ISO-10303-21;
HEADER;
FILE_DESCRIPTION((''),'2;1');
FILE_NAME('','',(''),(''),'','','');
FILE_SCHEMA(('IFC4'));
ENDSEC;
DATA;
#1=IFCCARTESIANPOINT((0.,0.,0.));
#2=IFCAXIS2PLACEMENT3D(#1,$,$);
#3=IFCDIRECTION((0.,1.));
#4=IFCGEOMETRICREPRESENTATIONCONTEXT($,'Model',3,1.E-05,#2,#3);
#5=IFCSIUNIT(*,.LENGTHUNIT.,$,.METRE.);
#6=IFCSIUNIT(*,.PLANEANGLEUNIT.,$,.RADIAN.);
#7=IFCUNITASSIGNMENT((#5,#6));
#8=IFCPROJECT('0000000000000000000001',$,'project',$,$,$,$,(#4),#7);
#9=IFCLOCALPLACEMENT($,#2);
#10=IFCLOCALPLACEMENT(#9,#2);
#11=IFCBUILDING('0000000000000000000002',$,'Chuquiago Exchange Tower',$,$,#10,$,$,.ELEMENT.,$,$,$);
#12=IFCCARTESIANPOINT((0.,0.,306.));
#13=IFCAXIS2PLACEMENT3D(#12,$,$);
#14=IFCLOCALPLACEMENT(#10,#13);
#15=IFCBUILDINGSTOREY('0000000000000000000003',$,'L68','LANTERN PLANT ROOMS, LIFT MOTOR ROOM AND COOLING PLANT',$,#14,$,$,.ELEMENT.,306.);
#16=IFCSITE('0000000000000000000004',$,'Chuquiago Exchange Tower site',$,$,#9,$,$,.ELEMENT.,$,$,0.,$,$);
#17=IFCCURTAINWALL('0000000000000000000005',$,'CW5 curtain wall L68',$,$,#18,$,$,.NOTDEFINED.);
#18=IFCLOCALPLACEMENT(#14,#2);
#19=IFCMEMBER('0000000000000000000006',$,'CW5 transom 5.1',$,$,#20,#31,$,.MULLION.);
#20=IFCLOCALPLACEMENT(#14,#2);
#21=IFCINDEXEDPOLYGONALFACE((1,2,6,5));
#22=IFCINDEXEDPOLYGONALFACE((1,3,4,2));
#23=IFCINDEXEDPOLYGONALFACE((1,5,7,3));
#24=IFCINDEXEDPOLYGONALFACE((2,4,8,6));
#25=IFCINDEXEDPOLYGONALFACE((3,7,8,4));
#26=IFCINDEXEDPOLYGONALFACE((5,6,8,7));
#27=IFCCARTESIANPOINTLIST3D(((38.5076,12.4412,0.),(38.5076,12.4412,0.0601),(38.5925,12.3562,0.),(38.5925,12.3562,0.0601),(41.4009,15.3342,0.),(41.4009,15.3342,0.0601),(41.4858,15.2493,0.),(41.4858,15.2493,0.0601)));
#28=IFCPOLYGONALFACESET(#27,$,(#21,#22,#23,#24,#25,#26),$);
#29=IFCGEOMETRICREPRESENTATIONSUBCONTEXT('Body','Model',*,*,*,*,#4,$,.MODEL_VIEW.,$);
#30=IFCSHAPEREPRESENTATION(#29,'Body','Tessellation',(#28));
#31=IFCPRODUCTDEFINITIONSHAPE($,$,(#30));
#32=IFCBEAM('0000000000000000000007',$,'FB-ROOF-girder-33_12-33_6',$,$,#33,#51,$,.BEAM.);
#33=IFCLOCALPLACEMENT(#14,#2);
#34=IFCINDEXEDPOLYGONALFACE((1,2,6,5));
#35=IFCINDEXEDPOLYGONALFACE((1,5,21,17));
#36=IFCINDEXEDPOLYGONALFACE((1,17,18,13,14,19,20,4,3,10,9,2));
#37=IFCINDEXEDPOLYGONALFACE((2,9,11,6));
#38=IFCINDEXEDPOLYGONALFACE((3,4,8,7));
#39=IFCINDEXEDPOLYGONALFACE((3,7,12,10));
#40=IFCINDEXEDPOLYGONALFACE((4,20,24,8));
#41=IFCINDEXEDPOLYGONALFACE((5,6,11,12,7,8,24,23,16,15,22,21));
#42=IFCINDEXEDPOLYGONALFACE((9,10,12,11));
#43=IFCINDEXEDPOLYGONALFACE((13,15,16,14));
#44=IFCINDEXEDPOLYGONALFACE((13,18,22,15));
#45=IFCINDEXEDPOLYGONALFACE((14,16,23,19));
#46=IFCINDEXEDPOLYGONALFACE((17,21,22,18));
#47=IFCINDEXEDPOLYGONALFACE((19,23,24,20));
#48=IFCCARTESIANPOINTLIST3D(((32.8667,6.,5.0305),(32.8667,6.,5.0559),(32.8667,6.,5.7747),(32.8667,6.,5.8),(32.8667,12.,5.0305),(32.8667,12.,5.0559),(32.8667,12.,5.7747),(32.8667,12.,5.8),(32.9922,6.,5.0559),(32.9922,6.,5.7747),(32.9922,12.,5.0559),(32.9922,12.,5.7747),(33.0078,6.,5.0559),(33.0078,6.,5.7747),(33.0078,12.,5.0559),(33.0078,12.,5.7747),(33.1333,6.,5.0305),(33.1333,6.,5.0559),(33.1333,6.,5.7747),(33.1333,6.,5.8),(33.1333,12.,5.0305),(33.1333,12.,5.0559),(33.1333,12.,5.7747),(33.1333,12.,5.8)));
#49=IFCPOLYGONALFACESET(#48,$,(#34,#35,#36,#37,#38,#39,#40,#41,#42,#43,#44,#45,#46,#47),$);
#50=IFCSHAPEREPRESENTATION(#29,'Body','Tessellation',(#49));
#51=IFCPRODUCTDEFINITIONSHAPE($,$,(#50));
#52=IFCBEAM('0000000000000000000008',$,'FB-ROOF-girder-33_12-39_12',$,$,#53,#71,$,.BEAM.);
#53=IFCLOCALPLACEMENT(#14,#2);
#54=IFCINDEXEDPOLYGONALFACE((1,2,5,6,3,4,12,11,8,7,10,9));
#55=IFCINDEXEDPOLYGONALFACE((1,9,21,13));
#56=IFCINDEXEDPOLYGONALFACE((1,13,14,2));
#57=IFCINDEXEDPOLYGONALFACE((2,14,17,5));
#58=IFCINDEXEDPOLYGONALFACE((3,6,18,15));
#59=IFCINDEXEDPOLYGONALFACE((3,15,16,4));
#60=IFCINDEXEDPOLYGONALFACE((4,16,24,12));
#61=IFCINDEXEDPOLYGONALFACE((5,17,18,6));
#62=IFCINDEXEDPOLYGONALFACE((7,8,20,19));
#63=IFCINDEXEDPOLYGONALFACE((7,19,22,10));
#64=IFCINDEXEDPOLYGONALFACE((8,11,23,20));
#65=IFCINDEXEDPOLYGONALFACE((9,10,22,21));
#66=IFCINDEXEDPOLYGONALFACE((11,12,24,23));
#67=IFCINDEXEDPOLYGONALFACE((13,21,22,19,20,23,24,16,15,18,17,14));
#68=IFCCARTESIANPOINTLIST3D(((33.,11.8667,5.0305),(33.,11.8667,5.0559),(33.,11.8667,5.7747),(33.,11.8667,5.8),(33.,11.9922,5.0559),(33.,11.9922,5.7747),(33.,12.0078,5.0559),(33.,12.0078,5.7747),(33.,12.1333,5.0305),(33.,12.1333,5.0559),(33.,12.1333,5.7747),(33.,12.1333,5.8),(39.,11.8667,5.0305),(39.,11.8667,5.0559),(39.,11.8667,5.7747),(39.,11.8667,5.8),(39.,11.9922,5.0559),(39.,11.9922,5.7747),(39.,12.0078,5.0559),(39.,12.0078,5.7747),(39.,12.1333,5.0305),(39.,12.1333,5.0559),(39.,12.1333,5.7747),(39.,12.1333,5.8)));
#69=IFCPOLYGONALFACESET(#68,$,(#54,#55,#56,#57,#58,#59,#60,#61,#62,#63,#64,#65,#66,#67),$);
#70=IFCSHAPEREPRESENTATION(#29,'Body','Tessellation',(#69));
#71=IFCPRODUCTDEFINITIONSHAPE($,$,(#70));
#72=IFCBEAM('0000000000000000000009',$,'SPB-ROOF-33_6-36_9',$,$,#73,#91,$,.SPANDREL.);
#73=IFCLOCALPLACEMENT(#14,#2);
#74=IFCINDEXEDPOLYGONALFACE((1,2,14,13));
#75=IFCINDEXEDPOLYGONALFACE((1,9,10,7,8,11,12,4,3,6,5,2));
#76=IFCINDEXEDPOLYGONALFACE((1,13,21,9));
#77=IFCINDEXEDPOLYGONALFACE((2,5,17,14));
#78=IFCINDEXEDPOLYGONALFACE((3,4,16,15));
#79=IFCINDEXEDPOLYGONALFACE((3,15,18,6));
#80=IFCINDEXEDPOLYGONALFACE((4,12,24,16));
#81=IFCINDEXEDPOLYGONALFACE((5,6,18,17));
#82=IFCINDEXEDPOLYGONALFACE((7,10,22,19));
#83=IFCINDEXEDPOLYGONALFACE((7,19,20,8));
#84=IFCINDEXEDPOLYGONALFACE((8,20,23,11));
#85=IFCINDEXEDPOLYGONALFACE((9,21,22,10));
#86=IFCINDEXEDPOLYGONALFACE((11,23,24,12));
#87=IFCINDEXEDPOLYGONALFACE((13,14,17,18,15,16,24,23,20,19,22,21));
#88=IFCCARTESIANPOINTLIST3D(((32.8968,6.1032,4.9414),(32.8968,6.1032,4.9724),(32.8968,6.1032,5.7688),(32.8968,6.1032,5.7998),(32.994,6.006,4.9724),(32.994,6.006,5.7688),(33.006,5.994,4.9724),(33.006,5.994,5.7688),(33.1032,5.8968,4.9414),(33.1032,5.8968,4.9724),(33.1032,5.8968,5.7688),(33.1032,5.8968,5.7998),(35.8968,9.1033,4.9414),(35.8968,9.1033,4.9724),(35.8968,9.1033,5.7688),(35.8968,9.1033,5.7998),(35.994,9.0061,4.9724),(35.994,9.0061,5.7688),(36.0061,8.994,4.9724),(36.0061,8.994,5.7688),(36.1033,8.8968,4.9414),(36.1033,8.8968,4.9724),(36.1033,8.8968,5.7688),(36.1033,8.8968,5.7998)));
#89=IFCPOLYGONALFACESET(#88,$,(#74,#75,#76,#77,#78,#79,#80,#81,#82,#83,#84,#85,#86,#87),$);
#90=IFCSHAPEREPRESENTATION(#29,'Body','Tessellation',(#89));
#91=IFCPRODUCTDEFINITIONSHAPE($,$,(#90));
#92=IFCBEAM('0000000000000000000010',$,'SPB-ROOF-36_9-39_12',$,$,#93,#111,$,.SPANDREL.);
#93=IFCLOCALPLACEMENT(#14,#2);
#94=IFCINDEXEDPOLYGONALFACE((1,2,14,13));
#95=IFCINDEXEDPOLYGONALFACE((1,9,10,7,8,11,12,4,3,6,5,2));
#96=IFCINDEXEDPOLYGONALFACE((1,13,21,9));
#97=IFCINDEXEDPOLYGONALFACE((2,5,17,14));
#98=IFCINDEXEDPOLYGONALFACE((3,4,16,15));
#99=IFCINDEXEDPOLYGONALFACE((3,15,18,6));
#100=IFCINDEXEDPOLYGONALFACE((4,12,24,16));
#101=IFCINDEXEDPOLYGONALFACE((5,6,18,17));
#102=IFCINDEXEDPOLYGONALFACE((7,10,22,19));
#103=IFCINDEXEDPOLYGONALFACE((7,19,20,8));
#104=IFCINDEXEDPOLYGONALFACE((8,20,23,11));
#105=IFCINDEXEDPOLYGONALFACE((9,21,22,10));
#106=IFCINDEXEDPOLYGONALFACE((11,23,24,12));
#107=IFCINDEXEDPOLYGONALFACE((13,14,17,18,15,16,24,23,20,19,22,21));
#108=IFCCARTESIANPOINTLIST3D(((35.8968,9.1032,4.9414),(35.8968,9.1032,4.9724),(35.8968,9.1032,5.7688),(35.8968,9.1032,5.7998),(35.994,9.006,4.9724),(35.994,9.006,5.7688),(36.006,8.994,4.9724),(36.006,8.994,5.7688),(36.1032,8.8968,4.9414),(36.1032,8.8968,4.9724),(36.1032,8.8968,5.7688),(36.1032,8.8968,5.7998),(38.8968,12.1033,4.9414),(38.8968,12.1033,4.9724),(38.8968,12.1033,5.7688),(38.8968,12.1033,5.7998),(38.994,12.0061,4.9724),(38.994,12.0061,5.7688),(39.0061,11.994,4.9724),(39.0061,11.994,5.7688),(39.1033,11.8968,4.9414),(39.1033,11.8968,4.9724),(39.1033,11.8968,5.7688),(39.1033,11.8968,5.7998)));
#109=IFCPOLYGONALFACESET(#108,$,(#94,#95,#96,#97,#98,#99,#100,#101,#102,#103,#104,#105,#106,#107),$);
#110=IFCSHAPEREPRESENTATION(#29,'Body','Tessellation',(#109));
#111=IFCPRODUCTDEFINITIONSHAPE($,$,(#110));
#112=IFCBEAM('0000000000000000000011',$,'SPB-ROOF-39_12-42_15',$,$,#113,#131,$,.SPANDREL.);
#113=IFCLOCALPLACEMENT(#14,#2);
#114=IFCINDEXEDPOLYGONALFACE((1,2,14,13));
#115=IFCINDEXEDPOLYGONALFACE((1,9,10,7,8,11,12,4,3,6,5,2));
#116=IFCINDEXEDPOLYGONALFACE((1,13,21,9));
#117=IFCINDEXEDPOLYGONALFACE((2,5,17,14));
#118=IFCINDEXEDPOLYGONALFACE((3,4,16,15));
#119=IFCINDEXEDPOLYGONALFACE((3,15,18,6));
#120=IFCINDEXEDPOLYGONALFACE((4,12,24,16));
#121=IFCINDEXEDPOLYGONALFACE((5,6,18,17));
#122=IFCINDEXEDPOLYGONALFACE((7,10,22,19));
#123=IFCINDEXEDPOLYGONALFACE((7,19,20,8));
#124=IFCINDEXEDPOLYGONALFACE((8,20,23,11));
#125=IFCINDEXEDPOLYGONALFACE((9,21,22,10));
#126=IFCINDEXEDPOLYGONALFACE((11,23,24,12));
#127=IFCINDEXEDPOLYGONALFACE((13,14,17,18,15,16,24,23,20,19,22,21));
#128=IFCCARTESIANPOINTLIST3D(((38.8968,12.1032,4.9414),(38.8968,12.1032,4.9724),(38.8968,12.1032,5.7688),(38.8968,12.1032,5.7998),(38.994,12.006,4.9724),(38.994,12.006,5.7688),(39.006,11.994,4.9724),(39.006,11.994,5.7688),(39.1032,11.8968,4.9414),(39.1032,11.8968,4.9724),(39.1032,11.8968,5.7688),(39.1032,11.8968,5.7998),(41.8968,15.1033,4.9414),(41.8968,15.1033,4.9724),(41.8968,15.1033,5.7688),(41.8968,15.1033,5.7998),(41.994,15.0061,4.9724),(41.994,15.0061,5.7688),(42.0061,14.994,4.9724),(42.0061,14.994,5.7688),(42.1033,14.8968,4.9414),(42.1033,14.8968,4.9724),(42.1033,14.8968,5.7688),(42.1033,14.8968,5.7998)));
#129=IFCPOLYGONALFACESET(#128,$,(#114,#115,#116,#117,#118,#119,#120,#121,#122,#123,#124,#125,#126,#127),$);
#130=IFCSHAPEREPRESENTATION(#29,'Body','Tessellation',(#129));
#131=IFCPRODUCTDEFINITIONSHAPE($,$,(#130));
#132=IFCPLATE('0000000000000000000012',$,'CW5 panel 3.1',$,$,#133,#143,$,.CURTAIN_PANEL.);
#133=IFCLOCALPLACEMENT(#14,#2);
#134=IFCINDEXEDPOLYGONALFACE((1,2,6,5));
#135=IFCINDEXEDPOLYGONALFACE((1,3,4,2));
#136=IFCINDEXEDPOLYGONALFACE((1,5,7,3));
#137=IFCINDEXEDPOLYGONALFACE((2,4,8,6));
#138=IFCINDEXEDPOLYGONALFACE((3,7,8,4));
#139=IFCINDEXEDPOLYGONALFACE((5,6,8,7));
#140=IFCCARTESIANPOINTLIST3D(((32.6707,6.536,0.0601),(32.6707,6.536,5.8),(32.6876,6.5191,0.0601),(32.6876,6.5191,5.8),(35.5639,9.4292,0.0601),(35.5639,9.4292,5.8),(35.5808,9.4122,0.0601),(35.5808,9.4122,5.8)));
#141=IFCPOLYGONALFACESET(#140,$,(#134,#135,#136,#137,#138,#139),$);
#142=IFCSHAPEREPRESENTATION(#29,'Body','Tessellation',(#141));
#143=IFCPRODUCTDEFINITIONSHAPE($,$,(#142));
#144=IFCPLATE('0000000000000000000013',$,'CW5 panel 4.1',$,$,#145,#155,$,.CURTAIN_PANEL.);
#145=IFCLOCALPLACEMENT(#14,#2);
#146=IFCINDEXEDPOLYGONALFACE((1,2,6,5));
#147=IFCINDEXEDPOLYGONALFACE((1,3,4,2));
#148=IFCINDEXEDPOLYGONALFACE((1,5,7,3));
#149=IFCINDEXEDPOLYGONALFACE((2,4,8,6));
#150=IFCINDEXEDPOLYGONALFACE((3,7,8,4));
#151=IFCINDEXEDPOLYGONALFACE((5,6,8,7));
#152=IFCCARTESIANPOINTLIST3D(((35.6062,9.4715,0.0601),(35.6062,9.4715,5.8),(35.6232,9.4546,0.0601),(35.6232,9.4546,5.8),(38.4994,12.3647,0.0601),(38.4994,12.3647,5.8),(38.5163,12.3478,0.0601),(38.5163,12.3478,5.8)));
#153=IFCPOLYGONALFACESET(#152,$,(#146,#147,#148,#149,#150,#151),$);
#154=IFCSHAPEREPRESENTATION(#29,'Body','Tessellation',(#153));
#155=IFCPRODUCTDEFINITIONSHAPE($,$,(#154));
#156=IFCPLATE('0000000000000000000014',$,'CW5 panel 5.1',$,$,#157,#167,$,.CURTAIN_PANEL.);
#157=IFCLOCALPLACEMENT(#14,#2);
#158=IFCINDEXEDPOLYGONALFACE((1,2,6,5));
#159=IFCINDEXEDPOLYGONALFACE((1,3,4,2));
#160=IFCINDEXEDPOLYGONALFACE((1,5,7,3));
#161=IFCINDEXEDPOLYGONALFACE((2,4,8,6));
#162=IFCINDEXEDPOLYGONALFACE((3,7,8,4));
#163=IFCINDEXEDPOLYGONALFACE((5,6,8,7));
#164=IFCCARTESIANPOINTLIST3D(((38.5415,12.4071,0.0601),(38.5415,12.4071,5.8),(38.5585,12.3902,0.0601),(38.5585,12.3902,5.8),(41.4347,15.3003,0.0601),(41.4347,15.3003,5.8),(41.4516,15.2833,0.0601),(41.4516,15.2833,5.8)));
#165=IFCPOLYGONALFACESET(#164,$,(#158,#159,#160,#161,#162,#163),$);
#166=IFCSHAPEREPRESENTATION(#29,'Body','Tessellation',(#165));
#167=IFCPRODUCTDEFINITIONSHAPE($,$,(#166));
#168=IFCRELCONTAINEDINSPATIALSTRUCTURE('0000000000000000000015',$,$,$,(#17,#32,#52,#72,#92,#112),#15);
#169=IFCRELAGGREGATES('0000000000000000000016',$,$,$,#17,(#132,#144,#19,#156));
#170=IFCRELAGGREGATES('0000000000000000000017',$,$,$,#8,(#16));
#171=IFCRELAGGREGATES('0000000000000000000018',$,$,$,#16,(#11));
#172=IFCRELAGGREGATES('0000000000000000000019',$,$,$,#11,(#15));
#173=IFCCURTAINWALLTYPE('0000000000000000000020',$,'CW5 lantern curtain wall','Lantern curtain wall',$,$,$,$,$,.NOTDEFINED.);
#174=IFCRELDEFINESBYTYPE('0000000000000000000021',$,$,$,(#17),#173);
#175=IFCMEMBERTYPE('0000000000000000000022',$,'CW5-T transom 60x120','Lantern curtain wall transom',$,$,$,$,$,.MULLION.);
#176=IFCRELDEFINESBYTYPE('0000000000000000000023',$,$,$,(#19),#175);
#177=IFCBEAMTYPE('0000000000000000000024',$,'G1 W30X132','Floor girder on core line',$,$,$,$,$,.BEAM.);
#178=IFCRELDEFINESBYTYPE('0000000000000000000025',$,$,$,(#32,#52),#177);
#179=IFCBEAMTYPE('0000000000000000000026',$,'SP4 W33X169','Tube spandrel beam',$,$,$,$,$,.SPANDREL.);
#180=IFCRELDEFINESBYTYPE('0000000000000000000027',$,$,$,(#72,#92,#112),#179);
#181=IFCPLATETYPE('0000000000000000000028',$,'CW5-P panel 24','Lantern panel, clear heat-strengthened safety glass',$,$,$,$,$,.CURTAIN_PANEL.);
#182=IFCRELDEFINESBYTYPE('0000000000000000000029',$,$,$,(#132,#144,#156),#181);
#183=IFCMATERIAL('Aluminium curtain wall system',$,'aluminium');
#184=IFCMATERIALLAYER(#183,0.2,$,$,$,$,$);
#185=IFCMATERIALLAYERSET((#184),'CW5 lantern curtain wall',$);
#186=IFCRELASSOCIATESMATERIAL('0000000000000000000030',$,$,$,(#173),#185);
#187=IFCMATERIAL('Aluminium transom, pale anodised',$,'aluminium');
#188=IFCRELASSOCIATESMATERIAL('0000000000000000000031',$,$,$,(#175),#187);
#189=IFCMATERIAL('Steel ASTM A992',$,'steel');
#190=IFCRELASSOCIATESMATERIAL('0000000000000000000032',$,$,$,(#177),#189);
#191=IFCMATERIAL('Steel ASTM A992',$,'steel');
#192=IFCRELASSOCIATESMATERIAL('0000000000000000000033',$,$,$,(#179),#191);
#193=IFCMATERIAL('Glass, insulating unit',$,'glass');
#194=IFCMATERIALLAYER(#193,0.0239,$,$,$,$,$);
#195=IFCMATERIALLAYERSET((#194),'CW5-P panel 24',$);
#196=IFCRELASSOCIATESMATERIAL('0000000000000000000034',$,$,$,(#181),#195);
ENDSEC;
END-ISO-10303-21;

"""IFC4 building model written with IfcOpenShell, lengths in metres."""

from ifc_helpers import new_model, si_unit, direction, frame, origin, origin_2d, place, context, subcontext, project, spatial, rectangle, i_section, extrude, material, layer, layer_set, material_profile, profile_set, type_object, element, aggregate, save


model = new_model("IFC4")

# Units and contexts
model_context = context("Model", 3, precision=1e-05, world=origin(), true_north=direction((0.0, 1.0)))
body_context = subcontext(model_context, "Body", "Model", "MODEL_VIEW")
ifc_project = project(units=[si_unit("LENGTHUNIT", "METRE"), si_unit("PLANEANGLEUNIT", "RADIAN")], contexts=[model_context])

# Site, building, storey
site_placement = place(None, origin())
site = spatial("IfcSite", under=ifc_project, at=site_placement, Name="Chuquiago Exchange Tower site", CompositionType="ELEMENT", RefElevation=0.0)
building_placement = place(site_placement, origin())
building = spatial("IfcBuilding", under=site, at=building_placement, Name="Chuquiago Exchange Tower", CompositionType="ELEMENT")
storey_placement = place(building_placement, frame((0.0, 0.0, 306.0)))
storey = spatial("IfcBuildingStorey", under=building, at=storey_placement, Name="L68", Description="LANTERN PLANT ROOMS, LIFT MOTOR ROOM AND COOLING PLANT", CompositionType="ELEMENT", Elevation=306.0)

# Curtain wall, member
ifc_material_1 = material(Name="Aluminium curtain wall system", Category="aluminium")
ifc_layer_1 = layer(ifc_material_1, 0.2)
ifc_layer_set_1 = layer_set([ifc_layer_1], Name="CW5 lantern curtain wall")
curtain_wall_type = type_object("IfcCurtainWallType", Name="CW5 lantern curtain wall", Description="Lantern curtain wall", PredefinedType="NOTDEFINED", material=ifc_layer_set_1)
curtain_wall_placement = place(storey_placement, origin())
curtain_wall = element("IfcCurtainWall", 1, at=curtain_wall_placement, inside=storey, type_object=curtain_wall_type, Name="CW5 curtain wall L68", PredefinedType="NOTDEFINED")
ifc_material_2 = material(Name="Aluminium transom, pale anodised", Category="aluminium")
ifc_material_profile_1 = material_profile(ifc_material_2, rectangle(XDim=0.1201, YDim=0.0601, at=origin_2d()), Name="AL 120x60")
ifc_profile_set_1 = profile_set([ifc_material_profile_1], Name="Aluminium transom, pale anodised")
member_type_1 = type_object("IfcMemberType", Name="CW5-T transom 60x120", Description="Lantern curtain wall transom", PredefinedType="MULLION", material=ifc_profile_set_1)
member_1_placement = place(storey_placement, frame((38.55, 12.3987, 0.03), z_axis=(0.707137, 0.707077, 0.0), x_axis=(-0.707077, 0.707137, 0.0)))
member_1 = element("IfcMember", 2, at=member_1_placement, type_object=member_type_1, Name="CW5 transom 5.1", PredefinedType="MULLION", context=body_context, shape_type="SweptSolid", body=[
    extrude(rectangle(XDim=0.1201, YDim=0.0601, at=origin_2d()), origin(), (0.0, 0.0, 1.0), 4.0916),
])

# Beams
ifc_material_3 = material(Name="Steel ASTM A992", Category="steel")
ifc_material_profile_2 = material_profile(ifc_material_3, i_section(OverallWidth=0.2666, OverallDepth=0.7695, WebThickness=0.0156, FlangeThickness=0.0254, at=origin_2d()), Name="W30X132")
ifc_profile_set_2 = profile_set([ifc_material_profile_2], Name="Steel ASTM A992")
beam_type_1 = type_object("IfcBeamType", Name="G1 W30X132", Description="Floor girder on core line", PredefinedType="BEAM", material=ifc_profile_set_2)
for number, where, z_axis, x_axis, name in (
    (3, (33.0, 12.0, 5.4153), (0.0, -1.0, 0.0), (1.0, 0.0, 0.0), "FB-ROOF-girder-33_12-33_6"),
    (4, (33.0, 12.0, 5.4153), (1.0, 0.0, 0.0), (0.0, 1.0, 0.0), "FB-ROOF-girder-33_12-39_12"),
):
    element("IfcBeam", number, at=place(storey_placement, frame(where, z_axis=z_axis, x_axis=x_axis)), inside=storey, type_object=beam_type_1, Name=name, PredefinedType="BEAM", context=body_context, shape_type="SweptSolid", body=[
        extrude(i_section(OverallWidth=0.2666, OverallDepth=0.7695, WebThickness=0.0156, FlangeThickness=0.0254, at=origin_2d()), origin(), (0.0, 0.0, 1.0), 6.0),
    ])
ifc_material_4 = material(Name="Steel ASTM A992", Category="steel")
ifc_material_profile_3 = material_profile(ifc_material_4, i_section(OverallWidth=0.292, OverallDepth=0.8584, WebThickness=0.0171, FlangeThickness=0.031, at=origin_2d()), Name="W33X169")
ifc_profile_set_3 = profile_set([ifc_material_profile_3], Name="Steel ASTM A992")
beam_type_2 = type_object("IfcBeamType", Name="SP4 W33X169", Description="Tube spandrel beam", PredefinedType="SPANDREL", material=ifc_profile_set_3)
for number, where, z_axis, x_axis, name in (
    (5, (33.0, 6.0, 5.3706), (0.707107, 0.707107, 0.0), (-0.707107, 0.707107, 0.0), "SPB-ROOF-33_6-36_9"),
    (6, (36.0, 9.0, 5.3706), (0.707107, 0.707107, 0.0), (-0.707107, 0.707107, 0.0), "SPB-ROOF-36_9-39_12"),
    (7, (39.0, 12.0, 5.3706), (0.707107, 0.707107, 0.0), (-0.707107, 0.707107, 0.0), "SPB-ROOF-39_12-42_15"),
):
    element("IfcBeam", number, at=place(storey_placement, frame(where, z_axis=z_axis, x_axis=x_axis)), inside=storey, type_object=beam_type_2, Name=name, PredefinedType="SPANDREL", context=body_context, shape_type="SweptSolid", body=[
        extrude(i_section(OverallWidth=0.292, OverallDepth=0.8584, WebThickness=0.0171, FlangeThickness=0.031, at=origin_2d()), origin(), (0.0, 0.0, 1.0), 4.2427),
    ])

# Plates
ifc_material_5 = material(Name="Glass, insulating unit", Category="glass")
ifc_layer_2 = layer(ifc_material_5, 0.0239)
ifc_layer_set_2 = layer_set([ifc_layer_2], Name="CW5-P panel 24")
plate_type = type_object("IfcPlateType", Name="CW5-P panel 24", Description="Lantern panel, clear heat-strengthened safety glass", PredefinedType="CURTAIN_PANEL", material=ifc_layer_set_2)
plate_1_placement = place(storey_placement, frame((34.1257, 7.9741, 0.0601), z_axis=(0.0, 0.0, 1.0), x_axis=(0.707109, 0.707105, 0.0)))
plate_1 = element("IfcPlate", 8, at=plate_1_placement, type_object=plate_type, Name="CW5 panel 3.1", PredefinedType="CURTAIN_PANEL", context=body_context, shape_type="SweptSolid", body=[
    extrude(rectangle(XDim=4.0916, YDim=0.0239, at=origin_2d()), origin(), (0.0, 0.0, 1.0), 5.74),
])
plate_2_placement = place(storey_placement, frame((37.0613, 10.9097, 0.0601), z_axis=(0.0, 0.0, 1.0), x_axis=(0.707109, 0.707105, 0.0)))
plate_2 = element("IfcPlate", 9, at=plate_2_placement, type_object=plate_type, Name="CW5 panel 4.1", PredefinedType="CURTAIN_PANEL", context=body_context, shape_type="SweptSolid", body=[
    extrude(rectangle(XDim=4.0916, YDim=0.0239, at=origin_2d()), origin(), (0.0, 0.0, 1.0), 5.74),
])
plate_3_placement = place(storey_placement, frame((39.9966, 13.8452, 0.0601), z_axis=(0.0, 0.0, 1.0), x_axis=(0.707109, 0.707105, 0.0)))
plate_3 = element("IfcPlate", 10, at=plate_3_placement, type_object=plate_type, Name="CW5 panel 5.1", PredefinedType="CURTAIN_PANEL", context=body_context, shape_type="SweptSolid", body=[
    extrude(rectangle(XDim=4.0916, YDim=0.0239, at=origin_2d()), origin(), (0.0, 0.0, 1.0), 5.74),
])
aggregate(curtain_wall, [plate_1, plate_2, member_1, plate_3])

save(model, "model.ifc")
